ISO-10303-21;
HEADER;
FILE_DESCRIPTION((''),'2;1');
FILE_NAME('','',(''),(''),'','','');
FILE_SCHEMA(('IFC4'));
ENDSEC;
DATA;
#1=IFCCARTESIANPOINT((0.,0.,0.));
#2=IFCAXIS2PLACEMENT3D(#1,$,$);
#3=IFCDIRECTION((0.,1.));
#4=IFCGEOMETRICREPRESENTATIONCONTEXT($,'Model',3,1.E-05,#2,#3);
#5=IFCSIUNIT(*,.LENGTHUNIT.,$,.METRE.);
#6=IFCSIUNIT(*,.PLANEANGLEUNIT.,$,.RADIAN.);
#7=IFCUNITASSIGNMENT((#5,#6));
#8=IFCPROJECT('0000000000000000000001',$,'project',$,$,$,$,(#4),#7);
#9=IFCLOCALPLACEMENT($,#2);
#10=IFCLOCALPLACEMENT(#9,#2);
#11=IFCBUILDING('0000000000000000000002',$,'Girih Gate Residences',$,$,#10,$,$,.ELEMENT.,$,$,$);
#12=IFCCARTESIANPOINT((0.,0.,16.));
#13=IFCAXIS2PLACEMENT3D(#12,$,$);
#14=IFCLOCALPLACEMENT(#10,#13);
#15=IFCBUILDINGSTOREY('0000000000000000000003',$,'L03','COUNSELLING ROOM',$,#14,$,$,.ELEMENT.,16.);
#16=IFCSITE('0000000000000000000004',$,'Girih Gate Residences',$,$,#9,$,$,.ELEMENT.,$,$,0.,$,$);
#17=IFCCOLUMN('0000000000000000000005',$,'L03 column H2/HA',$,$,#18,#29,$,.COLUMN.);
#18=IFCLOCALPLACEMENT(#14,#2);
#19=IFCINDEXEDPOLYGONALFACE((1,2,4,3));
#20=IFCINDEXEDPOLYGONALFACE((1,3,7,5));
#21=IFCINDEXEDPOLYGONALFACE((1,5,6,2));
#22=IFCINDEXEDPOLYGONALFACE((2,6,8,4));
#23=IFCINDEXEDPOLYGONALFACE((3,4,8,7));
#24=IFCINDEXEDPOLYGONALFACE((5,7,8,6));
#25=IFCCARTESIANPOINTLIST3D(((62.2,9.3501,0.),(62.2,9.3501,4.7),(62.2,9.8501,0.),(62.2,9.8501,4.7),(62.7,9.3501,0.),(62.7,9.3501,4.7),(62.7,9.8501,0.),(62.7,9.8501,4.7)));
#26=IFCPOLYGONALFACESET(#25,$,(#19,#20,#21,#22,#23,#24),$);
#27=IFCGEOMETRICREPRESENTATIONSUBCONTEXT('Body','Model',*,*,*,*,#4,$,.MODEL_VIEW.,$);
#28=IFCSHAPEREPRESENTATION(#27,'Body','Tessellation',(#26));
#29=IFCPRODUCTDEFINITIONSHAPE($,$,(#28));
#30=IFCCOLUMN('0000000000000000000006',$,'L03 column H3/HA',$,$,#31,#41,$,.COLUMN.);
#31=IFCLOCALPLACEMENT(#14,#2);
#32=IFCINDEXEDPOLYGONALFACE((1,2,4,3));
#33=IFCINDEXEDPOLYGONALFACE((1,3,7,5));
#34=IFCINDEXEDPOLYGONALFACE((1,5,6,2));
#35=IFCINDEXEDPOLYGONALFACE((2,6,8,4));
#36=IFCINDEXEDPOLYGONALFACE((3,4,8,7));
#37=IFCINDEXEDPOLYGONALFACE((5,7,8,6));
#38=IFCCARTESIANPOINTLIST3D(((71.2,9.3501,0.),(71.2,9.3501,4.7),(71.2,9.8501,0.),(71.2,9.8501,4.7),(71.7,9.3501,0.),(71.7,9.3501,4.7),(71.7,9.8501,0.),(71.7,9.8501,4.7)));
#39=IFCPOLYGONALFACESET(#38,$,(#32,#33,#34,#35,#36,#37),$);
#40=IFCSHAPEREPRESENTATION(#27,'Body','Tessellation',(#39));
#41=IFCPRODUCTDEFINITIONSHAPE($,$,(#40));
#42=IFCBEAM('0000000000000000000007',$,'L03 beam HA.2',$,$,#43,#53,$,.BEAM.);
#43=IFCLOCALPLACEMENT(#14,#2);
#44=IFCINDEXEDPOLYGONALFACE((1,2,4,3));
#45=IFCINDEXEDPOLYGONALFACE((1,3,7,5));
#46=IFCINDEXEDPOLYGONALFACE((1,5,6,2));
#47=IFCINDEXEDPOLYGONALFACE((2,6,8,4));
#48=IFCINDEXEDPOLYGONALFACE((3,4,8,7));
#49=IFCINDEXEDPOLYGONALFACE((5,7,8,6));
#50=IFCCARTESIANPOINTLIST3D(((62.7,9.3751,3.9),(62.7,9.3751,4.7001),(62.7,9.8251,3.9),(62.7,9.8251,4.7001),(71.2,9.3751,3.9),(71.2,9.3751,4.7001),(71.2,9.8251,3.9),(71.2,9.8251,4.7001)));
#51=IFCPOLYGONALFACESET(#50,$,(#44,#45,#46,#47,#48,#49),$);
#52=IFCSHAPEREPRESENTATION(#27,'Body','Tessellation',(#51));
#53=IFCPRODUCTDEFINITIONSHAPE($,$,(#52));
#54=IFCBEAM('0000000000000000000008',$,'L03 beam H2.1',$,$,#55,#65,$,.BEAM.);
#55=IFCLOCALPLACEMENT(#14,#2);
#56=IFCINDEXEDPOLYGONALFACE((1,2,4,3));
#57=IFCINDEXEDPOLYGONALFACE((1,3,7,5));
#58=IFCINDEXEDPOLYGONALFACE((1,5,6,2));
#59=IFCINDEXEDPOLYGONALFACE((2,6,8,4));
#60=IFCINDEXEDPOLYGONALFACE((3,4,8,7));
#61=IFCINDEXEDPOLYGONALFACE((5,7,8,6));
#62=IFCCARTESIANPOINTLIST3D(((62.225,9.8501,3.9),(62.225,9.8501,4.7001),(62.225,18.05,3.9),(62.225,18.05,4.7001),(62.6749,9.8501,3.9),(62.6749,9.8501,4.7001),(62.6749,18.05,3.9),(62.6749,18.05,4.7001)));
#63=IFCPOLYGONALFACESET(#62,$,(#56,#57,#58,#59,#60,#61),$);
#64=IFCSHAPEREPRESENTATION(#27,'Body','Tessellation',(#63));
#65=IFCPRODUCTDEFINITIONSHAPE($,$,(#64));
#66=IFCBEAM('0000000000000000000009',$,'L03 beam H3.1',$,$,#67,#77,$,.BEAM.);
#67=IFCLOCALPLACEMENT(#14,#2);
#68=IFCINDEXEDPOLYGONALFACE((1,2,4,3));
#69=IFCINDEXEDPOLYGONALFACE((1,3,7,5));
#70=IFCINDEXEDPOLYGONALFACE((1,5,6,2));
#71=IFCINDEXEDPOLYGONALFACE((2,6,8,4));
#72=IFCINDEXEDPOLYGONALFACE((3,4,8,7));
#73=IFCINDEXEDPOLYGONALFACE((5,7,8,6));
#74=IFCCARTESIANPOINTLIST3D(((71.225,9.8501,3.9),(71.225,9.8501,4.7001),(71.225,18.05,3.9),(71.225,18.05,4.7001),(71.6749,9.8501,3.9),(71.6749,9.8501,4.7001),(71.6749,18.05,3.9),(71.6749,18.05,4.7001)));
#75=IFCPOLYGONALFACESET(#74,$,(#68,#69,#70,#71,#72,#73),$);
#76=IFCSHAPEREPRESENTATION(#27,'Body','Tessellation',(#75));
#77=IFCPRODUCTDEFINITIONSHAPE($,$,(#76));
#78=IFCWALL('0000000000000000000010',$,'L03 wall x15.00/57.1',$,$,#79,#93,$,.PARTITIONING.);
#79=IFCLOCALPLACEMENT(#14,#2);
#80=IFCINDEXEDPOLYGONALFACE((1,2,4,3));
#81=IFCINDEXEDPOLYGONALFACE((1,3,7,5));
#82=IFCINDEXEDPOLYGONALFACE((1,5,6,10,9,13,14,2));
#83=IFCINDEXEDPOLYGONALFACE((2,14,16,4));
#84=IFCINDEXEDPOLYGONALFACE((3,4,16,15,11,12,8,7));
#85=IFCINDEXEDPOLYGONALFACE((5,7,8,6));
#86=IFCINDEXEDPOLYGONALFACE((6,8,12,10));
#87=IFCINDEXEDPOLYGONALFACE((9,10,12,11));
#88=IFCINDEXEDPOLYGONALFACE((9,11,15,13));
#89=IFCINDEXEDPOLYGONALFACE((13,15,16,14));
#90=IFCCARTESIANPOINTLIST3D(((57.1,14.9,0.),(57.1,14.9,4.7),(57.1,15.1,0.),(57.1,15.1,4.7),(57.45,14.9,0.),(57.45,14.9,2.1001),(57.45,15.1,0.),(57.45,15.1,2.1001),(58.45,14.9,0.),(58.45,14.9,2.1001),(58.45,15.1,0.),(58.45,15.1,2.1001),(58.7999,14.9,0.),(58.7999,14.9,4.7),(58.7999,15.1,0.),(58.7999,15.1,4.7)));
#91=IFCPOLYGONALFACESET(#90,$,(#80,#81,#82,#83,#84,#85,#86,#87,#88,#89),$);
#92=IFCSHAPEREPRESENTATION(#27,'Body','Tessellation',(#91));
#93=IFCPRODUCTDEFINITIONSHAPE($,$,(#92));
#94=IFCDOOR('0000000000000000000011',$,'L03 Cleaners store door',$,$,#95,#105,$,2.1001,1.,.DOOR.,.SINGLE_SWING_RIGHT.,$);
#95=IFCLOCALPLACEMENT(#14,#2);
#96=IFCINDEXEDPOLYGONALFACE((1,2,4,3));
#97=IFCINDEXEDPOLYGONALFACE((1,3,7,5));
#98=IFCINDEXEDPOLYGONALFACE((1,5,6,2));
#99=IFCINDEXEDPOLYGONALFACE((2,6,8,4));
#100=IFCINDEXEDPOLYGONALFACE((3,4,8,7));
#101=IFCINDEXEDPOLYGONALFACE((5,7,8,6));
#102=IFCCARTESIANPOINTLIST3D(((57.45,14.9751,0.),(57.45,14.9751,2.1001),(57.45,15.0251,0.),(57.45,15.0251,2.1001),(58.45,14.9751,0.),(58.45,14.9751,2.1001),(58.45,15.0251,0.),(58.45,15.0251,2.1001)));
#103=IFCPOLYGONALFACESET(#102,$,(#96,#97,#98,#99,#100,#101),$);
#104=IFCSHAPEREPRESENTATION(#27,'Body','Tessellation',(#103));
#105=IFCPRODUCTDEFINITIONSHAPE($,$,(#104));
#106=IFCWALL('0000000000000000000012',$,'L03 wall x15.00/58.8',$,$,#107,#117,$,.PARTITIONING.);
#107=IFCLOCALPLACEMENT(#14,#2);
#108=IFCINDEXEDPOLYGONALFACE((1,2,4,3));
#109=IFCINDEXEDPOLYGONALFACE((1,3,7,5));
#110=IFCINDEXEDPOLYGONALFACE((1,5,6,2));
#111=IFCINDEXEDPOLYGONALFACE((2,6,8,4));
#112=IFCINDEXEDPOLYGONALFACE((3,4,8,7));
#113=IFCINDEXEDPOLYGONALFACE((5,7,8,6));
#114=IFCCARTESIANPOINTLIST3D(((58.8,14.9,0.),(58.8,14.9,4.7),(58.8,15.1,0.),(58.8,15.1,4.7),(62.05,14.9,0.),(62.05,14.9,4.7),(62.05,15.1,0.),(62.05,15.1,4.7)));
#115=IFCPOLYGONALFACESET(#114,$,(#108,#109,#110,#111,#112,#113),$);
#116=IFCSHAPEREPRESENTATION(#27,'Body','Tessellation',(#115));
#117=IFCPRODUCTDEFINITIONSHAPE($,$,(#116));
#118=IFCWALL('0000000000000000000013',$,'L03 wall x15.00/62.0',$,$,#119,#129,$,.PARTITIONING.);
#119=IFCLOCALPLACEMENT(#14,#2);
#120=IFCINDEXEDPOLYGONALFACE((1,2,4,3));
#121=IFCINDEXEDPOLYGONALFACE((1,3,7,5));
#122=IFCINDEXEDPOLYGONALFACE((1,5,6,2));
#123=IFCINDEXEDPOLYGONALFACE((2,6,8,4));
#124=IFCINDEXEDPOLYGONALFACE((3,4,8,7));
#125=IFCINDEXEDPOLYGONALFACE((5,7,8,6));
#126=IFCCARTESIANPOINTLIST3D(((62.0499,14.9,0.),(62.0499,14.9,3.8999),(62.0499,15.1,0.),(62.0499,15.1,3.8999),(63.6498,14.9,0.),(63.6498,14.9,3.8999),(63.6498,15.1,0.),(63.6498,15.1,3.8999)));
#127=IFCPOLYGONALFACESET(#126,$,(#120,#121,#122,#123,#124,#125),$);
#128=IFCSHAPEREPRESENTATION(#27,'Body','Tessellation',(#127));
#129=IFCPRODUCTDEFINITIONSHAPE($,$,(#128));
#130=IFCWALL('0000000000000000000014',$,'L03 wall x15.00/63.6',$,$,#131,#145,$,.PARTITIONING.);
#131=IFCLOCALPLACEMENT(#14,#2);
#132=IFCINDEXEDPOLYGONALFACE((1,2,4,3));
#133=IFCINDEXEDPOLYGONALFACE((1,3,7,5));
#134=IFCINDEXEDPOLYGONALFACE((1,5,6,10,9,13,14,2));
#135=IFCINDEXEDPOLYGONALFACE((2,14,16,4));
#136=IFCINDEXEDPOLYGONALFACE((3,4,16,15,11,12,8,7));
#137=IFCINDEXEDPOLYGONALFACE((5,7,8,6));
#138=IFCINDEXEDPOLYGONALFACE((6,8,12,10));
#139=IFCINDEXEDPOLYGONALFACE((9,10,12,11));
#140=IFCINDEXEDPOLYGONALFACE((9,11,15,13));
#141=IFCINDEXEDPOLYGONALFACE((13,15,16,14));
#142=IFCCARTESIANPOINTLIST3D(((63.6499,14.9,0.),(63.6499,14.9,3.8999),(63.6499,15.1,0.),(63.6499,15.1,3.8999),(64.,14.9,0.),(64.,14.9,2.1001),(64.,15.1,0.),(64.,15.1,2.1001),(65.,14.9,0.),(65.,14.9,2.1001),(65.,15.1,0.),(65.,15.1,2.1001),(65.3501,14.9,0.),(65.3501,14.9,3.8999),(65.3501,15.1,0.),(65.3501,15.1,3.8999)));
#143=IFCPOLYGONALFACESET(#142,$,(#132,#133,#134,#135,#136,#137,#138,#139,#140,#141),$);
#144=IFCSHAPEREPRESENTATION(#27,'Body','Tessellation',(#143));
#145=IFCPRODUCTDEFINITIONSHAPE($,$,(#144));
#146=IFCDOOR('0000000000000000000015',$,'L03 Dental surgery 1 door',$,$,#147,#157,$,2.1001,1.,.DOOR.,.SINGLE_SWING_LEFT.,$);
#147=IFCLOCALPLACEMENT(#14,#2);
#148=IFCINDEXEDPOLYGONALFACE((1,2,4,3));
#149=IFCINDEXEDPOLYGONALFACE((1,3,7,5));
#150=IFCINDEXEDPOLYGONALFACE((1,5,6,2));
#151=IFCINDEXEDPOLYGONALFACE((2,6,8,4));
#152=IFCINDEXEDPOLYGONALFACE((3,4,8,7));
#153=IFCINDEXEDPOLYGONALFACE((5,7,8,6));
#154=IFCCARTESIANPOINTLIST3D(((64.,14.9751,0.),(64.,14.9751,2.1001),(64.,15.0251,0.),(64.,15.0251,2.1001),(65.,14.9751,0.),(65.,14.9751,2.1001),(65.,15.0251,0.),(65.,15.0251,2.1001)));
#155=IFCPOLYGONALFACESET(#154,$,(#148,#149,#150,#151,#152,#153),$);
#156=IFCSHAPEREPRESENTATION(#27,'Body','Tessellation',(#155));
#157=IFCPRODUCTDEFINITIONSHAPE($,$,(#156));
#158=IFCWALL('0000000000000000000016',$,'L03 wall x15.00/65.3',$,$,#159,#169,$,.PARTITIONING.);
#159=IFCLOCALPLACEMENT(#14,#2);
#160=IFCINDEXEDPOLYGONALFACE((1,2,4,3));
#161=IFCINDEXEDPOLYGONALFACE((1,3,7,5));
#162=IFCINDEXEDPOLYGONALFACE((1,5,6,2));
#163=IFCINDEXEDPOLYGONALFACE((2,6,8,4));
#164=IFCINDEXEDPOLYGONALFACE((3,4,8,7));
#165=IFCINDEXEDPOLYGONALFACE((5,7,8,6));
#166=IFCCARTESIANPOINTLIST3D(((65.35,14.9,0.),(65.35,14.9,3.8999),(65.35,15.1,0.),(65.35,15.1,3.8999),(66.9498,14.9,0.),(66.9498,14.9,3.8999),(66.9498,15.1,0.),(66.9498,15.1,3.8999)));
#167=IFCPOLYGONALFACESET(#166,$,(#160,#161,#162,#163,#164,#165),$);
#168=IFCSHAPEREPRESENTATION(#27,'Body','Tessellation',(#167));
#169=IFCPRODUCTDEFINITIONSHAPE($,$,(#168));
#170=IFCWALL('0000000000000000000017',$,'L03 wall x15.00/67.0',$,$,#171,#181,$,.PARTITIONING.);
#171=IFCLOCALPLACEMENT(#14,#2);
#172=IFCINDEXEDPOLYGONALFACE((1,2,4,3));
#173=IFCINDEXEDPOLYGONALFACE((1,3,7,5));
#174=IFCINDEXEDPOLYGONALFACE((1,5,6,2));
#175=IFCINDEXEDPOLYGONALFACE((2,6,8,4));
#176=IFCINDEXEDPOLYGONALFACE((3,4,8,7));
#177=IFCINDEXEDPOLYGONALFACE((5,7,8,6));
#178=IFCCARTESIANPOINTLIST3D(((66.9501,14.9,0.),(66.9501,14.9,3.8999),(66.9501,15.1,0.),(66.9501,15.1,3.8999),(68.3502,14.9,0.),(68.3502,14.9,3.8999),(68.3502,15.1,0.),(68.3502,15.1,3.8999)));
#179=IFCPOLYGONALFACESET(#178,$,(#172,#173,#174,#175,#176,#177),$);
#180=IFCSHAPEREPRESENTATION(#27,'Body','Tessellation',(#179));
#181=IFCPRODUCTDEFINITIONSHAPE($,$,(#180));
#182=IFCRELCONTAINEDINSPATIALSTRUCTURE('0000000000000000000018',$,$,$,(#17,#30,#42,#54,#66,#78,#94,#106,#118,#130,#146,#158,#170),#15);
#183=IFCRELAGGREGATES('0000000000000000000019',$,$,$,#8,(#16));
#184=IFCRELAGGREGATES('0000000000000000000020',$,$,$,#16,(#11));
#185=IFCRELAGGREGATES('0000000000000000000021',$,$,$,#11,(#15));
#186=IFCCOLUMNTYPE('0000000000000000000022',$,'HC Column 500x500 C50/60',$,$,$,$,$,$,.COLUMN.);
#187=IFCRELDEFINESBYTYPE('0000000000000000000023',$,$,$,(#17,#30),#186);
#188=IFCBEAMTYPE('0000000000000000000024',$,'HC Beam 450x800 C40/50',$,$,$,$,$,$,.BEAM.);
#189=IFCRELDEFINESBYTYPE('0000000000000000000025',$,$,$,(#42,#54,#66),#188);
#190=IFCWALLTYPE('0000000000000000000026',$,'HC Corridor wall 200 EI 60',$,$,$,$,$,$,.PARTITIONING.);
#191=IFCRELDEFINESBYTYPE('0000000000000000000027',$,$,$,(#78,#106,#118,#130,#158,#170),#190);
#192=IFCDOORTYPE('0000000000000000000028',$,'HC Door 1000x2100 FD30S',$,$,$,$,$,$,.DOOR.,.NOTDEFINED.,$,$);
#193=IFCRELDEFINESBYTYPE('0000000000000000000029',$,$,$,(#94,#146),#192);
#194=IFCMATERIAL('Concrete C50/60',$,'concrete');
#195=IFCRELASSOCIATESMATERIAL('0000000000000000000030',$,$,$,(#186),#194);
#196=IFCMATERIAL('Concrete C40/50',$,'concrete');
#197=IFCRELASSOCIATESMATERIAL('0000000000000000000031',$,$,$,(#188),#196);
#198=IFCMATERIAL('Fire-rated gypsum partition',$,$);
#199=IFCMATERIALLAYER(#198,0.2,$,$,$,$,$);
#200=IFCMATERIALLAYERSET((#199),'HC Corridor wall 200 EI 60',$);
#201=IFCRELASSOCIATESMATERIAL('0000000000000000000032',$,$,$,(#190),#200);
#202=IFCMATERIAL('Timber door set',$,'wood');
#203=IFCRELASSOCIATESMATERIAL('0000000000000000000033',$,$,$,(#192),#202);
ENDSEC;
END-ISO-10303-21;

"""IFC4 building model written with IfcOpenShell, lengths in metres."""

from ifc_helpers import new_model, si_unit, direction, frame, frame_2d, origin, origin_2d, place, context, subcontext, project, spatial, rectangle, extrude, material, layer, layer_set, material_profile, profile_set, type_object, element, fill, save


model = new_model("IFC4")

# Units and contexts
model_context = context("Model", 3, precision=1e-05, world=origin(), true_north=direction((0.0, 1.0)))
body_context = subcontext(model_context, "Body", "Model", "MODEL_VIEW")
ifc_project = project(units=[si_unit("LENGTHUNIT", "METRE"), si_unit("PLANEANGLEUNIT", "RADIAN")], contexts=[model_context])

# Site, building, storey
site_placement = place(None, origin())
site = spatial("IfcSite", under=ifc_project, at=site_placement, Name="Girih Gate Residences", CompositionType="ELEMENT", RefElevation=0.0)
building_placement = place(site_placement, origin())
building = spatial("IfcBuilding", under=site, at=building_placement, Name="Girih Gate Residences", CompositionType="ELEMENT")
storey_placement = place(building_placement, frame((0.0, 0.0, 16.0)))
storey = spatial("IfcBuildingStorey", under=building, at=storey_placement, Name="L03", Description="COUNSELLING ROOM", CompositionType="ELEMENT", Elevation=16.0)

# Columns
ifc_material_1 = material(Name="Concrete C50/60", Category="concrete")
ifc_material_profile_1 = material_profile(ifc_material_1, rectangle(XDim=0.5, YDim=0.5, at=origin_2d()))
ifc_profile_set_1 = profile_set([ifc_material_profile_1], Name="Concrete C50/60")
column_type = type_object("IfcColumnType", Name="HC Column 500x500 C50/60", PredefinedType="COLUMN", material=ifc_profile_set_1)
for number, where, z_axis, x_axis, name in (
    (1, (62.45, 9.6001, 0.0), (0.0, 0.0, 1.0), (1.0, 0.0, 0.0), "L03 column H2/HA"),
    (2, (71.45, 9.6001, 0.0), (0.0, 0.0, 1.0), (1.0, 0.0, 0.0), "L03 column H3/HA"),
):
    element("IfcColumn", number, at=place(storey_placement, frame(where, z_axis=z_axis, x_axis=x_axis)), inside=storey, type_object=column_type, Name=name, PredefinedType="COLUMN", context=body_context, shape_type="SweptSolid", body=[
        extrude(rectangle(XDim=0.5, YDim=0.5, at=origin_2d()), origin(), (0.0, 0.0, 1.0), 4.7),
    ])

# Beams
ifc_material_2 = material(Name="Concrete C40/50", Category="concrete")
ifc_material_profile_2 = material_profile(ifc_material_2, rectangle(XDim=0.45, YDim=0.8, at=origin_2d()))
ifc_profile_set_2 = profile_set([ifc_material_profile_2], Name="Concrete C40/50")
beam_type = type_object("IfcBeamType", Name="HC Beam 450x800 C40/50", PredefinedType="BEAM", material=ifc_profile_set_2)
beam_placement = place(storey_placement, frame((62.7, 9.6001, 4.3), z_axis=(1.0, 0.0, 0.0), x_axis=(0.0, 1.0, 0.0)))
element("IfcBeam", 3, at=beam_placement, inside=storey, type_object=beam_type, Name="L03 beam HA.2", PredefinedType="BEAM", context=body_context, shape_type="SweptSolid", body=[
    extrude(rectangle(XDim=0.45, YDim=0.8, at=origin_2d()), origin(), (0.0, 0.0, 1.0), 8.5),
])
for number, where, z_axis, x_axis, name in (
    (4, (62.45, 9.8501, 4.3), (0.0, 1.0, 0.0), (-1.0, 0.0, 0.0), "L03 beam H2.1"),
    (5, (71.45, 9.8501, 4.3), (0.0, 1.0, 0.0), (-1.0, 0.0, 0.0), "L03 beam H3.1"),
):
    element("IfcBeam", number, at=place(storey_placement, frame(where, z_axis=z_axis, x_axis=x_axis)), inside=storey, type_object=beam_type, Name=name, PredefinedType="BEAM", context=body_context, shape_type="SweptSolid", body=[
        extrude(rectangle(XDim=0.45, YDim=0.8, at=origin_2d()), origin(), (0.0, 0.0, 1.0), 8.2),
    ])

# Wall, opening, door
ifc_material_3 = material(Name="Fire-rated gypsum partition")
ifc_layer_1 = layer(ifc_material_3, 0.2)
ifc_layer_set_1 = layer_set([ifc_layer_1], Name="HC Corridor wall 200 EI 60")
wall_type_1 = type_object("IfcWallType", Name="HC Corridor wall 200 EI 60", PredefinedType="PARTITIONING", material=ifc_layer_set_1)
wall_1_placement = place(storey_placement, frame((58.8, 15.0, 0.0), z_axis=(0.0, 0.0, 1.0), x_axis=(-1.0, 0.0, 0.0)))
wall_1 = element("IfcWall", 6, at=wall_1_placement, inside=storey, type_object=wall_type_1, Name="L03 wall x15.00/57.1", PredefinedType="PARTITIONING", context=body_context, shape_type="SweptSolid", body=[
    extrude(rectangle(XDim=1.7, YDim=0.2, at=frame_2d((0.8501, 0.0))), origin(), (0.0, 0.0, 1.0), 4.7),
])
opening_1_placement = place(wall_1_placement, frame((0.3501, 0.0, 0.0)))
opening_1 = element("IfcOpeningElement", 7, at=opening_1_placement, cuts=wall_1, PredefinedType="OPENING", context=body_context, shape_type="SweptSolid", body=[
    extrude(rectangle(XDim=1.0, YDim=2.1001, at=frame_2d((0.5, 1.05))), frame((0.0, 0.1099, 0.0), z_axis=(0.0, -1.0, 0.0), x_axis=(1.0, 0.0, 0.0)), (0.0, 0.0, 1.0), 0.22),
])
ifc_material_4 = material(Name="Timber door set", Category="wood")
door_type = type_object("IfcDoorType", Name="HC Door 1000x2100 FD30S", OperationType="NOTDEFINED", PredefinedType="DOOR", material=ifc_material_4)
door_1_placement = place(opening_1_placement, origin())
door_1 = element("IfcDoor", 8, at=door_1_placement, inside=storey, type_object=door_type, Name="L03 Cleaners store door", OperationType="SINGLE_SWING_RIGHT", OverallHeight=2.1001, OverallWidth=1.0, PredefinedType="DOOR", context=body_context, shape_type="SweptSolid", body=[
    extrude(rectangle(XDim=1.0, YDim=2.1001, at=frame_2d((0.5, 1.05))), frame((0.0, 0.0249, 0.0), z_axis=(0.0, -1.0, 0.0), x_axis=(1.0, 0.0, 0.0)), (0.0, 0.0, 1.0), 0.05),
])
fill(opening_1, door_1)

# Walls
wall_2_placement = place(storey_placement, frame((58.8, 15.0, 0.0), z_axis=(0.0, 0.0, 1.0), x_axis=(1.0, 0.0, 0.0)))
element("IfcWall", 9, at=wall_2_placement, inside=storey, type_object=wall_type_1, Name="L03 wall x15.00/58.8", PredefinedType="PARTITIONING", context=body_context, shape_type="SweptSolid", body=[
    extrude(rectangle(XDim=3.25, YDim=0.2, at=frame_2d((1.625, 0.0))), origin(), (0.0, 0.0, 1.0), 4.7),
])
wall_3_placement = place(storey_placement, frame((62.05, 15.0, 0.0), z_axis=(0.0, 0.0, 1.0), x_axis=(1.0, 0.0, 0.0)))
element("IfcWall", 10, at=wall_3_placement, inside=storey, type_object=wall_type_1, Name="L03 wall x15.00/62.0", PredefinedType="PARTITIONING", context=body_context, shape_type="SweptSolid", body=[
    extrude(rectangle(XDim=1.5999, YDim=0.2, at=frame_2d((0.7998, 0.0))), origin(), (0.0, 0.0, 1.0), 3.8999),
])

# Wall, opening, door
wall_4_placement = place(storey_placement, frame((65.3501, 15.0, 0.0), z_axis=(0.0, 0.0, 1.0), x_axis=(-1.0, 0.0, 0.0)))
wall_4 = element("IfcWall", 11, at=wall_4_placement, inside=storey, type_object=wall_type_1, Name="L03 wall x15.00/63.6", PredefinedType="PARTITIONING", context=body_context, shape_type="SweptSolid", body=[
    extrude(rectangle(XDim=1.7002, YDim=0.2, at=frame_2d((0.8501, 0.0))), origin(), (0.0, 0.0, 1.0), 3.8999),
])
opening_2_placement = place(wall_4_placement, frame((0.3501, 0.0, 0.0)))
opening_2 = element("IfcOpeningElement", 12, at=opening_2_placement, cuts=wall_4, PredefinedType="OPENING", context=body_context, shape_type="SweptSolid", body=[
    extrude(rectangle(XDim=1.0, YDim=2.1001, at=frame_2d((0.5, 1.05))), frame((0.0, 0.1099, 0.0), z_axis=(0.0, -1.0, 0.0), x_axis=(1.0, 0.0, 0.0)), (0.0, 0.0, 1.0), 0.22),
])
door_2_placement = place(opening_2_placement, origin())
door_2 = element("IfcDoor", 13, at=door_2_placement, inside=storey, type_object=door_type, Name="L03 Dental surgery 1 door", OperationType="SINGLE_SWING_LEFT", OverallHeight=2.1001, OverallWidth=1.0, PredefinedType="DOOR", context=body_context, shape_type="SweptSolid", body=[
    extrude(rectangle(XDim=1.0, YDim=2.1001, at=frame_2d((0.5, 1.05))), frame((0.0, 0.0249, 0.0), z_axis=(0.0, -1.0, 0.0), x_axis=(1.0, 0.0, 0.0)), (0.0, 0.0, 1.0), 0.05),
])
fill(opening_2, door_2)

# Walls
wall_5_placement = place(storey_placement, frame((65.3501, 15.0, 0.0), z_axis=(0.0, 0.0, 1.0), x_axis=(1.0, 0.0, 0.0)))
element("IfcWall", 14, at=wall_5_placement, inside=storey, type_object=wall_type_1, Name="L03 wall x15.00/65.3", PredefinedType="PARTITIONING", context=body_context, shape_type="SweptSolid", body=[
    extrude(rectangle(XDim=1.5999, YDim=0.2, at=frame_2d((0.7998, 0.0))), origin(), (0.0, 0.0, 1.0), 3.8999),
])
wall_6_placement = place(storey_placement, frame((66.95, 15.0, 0.0), z_axis=(0.0, 0.0, 1.0), x_axis=(1.0, 0.0, 0.0)))
element("IfcWall", 15, at=wall_6_placement, inside=storey, type_object=wall_type_1, Name="L03 wall x15.00/67.0", PredefinedType="PARTITIONING", context=body_context, shape_type="SweptSolid", body=[
    extrude(rectangle(XDim=1.4001, YDim=0.2, at=frame_2d((0.7002, 0.0))), origin(), (0.0, 0.0, 1.0), 3.8999),
])

save(model, "model.ifc")
